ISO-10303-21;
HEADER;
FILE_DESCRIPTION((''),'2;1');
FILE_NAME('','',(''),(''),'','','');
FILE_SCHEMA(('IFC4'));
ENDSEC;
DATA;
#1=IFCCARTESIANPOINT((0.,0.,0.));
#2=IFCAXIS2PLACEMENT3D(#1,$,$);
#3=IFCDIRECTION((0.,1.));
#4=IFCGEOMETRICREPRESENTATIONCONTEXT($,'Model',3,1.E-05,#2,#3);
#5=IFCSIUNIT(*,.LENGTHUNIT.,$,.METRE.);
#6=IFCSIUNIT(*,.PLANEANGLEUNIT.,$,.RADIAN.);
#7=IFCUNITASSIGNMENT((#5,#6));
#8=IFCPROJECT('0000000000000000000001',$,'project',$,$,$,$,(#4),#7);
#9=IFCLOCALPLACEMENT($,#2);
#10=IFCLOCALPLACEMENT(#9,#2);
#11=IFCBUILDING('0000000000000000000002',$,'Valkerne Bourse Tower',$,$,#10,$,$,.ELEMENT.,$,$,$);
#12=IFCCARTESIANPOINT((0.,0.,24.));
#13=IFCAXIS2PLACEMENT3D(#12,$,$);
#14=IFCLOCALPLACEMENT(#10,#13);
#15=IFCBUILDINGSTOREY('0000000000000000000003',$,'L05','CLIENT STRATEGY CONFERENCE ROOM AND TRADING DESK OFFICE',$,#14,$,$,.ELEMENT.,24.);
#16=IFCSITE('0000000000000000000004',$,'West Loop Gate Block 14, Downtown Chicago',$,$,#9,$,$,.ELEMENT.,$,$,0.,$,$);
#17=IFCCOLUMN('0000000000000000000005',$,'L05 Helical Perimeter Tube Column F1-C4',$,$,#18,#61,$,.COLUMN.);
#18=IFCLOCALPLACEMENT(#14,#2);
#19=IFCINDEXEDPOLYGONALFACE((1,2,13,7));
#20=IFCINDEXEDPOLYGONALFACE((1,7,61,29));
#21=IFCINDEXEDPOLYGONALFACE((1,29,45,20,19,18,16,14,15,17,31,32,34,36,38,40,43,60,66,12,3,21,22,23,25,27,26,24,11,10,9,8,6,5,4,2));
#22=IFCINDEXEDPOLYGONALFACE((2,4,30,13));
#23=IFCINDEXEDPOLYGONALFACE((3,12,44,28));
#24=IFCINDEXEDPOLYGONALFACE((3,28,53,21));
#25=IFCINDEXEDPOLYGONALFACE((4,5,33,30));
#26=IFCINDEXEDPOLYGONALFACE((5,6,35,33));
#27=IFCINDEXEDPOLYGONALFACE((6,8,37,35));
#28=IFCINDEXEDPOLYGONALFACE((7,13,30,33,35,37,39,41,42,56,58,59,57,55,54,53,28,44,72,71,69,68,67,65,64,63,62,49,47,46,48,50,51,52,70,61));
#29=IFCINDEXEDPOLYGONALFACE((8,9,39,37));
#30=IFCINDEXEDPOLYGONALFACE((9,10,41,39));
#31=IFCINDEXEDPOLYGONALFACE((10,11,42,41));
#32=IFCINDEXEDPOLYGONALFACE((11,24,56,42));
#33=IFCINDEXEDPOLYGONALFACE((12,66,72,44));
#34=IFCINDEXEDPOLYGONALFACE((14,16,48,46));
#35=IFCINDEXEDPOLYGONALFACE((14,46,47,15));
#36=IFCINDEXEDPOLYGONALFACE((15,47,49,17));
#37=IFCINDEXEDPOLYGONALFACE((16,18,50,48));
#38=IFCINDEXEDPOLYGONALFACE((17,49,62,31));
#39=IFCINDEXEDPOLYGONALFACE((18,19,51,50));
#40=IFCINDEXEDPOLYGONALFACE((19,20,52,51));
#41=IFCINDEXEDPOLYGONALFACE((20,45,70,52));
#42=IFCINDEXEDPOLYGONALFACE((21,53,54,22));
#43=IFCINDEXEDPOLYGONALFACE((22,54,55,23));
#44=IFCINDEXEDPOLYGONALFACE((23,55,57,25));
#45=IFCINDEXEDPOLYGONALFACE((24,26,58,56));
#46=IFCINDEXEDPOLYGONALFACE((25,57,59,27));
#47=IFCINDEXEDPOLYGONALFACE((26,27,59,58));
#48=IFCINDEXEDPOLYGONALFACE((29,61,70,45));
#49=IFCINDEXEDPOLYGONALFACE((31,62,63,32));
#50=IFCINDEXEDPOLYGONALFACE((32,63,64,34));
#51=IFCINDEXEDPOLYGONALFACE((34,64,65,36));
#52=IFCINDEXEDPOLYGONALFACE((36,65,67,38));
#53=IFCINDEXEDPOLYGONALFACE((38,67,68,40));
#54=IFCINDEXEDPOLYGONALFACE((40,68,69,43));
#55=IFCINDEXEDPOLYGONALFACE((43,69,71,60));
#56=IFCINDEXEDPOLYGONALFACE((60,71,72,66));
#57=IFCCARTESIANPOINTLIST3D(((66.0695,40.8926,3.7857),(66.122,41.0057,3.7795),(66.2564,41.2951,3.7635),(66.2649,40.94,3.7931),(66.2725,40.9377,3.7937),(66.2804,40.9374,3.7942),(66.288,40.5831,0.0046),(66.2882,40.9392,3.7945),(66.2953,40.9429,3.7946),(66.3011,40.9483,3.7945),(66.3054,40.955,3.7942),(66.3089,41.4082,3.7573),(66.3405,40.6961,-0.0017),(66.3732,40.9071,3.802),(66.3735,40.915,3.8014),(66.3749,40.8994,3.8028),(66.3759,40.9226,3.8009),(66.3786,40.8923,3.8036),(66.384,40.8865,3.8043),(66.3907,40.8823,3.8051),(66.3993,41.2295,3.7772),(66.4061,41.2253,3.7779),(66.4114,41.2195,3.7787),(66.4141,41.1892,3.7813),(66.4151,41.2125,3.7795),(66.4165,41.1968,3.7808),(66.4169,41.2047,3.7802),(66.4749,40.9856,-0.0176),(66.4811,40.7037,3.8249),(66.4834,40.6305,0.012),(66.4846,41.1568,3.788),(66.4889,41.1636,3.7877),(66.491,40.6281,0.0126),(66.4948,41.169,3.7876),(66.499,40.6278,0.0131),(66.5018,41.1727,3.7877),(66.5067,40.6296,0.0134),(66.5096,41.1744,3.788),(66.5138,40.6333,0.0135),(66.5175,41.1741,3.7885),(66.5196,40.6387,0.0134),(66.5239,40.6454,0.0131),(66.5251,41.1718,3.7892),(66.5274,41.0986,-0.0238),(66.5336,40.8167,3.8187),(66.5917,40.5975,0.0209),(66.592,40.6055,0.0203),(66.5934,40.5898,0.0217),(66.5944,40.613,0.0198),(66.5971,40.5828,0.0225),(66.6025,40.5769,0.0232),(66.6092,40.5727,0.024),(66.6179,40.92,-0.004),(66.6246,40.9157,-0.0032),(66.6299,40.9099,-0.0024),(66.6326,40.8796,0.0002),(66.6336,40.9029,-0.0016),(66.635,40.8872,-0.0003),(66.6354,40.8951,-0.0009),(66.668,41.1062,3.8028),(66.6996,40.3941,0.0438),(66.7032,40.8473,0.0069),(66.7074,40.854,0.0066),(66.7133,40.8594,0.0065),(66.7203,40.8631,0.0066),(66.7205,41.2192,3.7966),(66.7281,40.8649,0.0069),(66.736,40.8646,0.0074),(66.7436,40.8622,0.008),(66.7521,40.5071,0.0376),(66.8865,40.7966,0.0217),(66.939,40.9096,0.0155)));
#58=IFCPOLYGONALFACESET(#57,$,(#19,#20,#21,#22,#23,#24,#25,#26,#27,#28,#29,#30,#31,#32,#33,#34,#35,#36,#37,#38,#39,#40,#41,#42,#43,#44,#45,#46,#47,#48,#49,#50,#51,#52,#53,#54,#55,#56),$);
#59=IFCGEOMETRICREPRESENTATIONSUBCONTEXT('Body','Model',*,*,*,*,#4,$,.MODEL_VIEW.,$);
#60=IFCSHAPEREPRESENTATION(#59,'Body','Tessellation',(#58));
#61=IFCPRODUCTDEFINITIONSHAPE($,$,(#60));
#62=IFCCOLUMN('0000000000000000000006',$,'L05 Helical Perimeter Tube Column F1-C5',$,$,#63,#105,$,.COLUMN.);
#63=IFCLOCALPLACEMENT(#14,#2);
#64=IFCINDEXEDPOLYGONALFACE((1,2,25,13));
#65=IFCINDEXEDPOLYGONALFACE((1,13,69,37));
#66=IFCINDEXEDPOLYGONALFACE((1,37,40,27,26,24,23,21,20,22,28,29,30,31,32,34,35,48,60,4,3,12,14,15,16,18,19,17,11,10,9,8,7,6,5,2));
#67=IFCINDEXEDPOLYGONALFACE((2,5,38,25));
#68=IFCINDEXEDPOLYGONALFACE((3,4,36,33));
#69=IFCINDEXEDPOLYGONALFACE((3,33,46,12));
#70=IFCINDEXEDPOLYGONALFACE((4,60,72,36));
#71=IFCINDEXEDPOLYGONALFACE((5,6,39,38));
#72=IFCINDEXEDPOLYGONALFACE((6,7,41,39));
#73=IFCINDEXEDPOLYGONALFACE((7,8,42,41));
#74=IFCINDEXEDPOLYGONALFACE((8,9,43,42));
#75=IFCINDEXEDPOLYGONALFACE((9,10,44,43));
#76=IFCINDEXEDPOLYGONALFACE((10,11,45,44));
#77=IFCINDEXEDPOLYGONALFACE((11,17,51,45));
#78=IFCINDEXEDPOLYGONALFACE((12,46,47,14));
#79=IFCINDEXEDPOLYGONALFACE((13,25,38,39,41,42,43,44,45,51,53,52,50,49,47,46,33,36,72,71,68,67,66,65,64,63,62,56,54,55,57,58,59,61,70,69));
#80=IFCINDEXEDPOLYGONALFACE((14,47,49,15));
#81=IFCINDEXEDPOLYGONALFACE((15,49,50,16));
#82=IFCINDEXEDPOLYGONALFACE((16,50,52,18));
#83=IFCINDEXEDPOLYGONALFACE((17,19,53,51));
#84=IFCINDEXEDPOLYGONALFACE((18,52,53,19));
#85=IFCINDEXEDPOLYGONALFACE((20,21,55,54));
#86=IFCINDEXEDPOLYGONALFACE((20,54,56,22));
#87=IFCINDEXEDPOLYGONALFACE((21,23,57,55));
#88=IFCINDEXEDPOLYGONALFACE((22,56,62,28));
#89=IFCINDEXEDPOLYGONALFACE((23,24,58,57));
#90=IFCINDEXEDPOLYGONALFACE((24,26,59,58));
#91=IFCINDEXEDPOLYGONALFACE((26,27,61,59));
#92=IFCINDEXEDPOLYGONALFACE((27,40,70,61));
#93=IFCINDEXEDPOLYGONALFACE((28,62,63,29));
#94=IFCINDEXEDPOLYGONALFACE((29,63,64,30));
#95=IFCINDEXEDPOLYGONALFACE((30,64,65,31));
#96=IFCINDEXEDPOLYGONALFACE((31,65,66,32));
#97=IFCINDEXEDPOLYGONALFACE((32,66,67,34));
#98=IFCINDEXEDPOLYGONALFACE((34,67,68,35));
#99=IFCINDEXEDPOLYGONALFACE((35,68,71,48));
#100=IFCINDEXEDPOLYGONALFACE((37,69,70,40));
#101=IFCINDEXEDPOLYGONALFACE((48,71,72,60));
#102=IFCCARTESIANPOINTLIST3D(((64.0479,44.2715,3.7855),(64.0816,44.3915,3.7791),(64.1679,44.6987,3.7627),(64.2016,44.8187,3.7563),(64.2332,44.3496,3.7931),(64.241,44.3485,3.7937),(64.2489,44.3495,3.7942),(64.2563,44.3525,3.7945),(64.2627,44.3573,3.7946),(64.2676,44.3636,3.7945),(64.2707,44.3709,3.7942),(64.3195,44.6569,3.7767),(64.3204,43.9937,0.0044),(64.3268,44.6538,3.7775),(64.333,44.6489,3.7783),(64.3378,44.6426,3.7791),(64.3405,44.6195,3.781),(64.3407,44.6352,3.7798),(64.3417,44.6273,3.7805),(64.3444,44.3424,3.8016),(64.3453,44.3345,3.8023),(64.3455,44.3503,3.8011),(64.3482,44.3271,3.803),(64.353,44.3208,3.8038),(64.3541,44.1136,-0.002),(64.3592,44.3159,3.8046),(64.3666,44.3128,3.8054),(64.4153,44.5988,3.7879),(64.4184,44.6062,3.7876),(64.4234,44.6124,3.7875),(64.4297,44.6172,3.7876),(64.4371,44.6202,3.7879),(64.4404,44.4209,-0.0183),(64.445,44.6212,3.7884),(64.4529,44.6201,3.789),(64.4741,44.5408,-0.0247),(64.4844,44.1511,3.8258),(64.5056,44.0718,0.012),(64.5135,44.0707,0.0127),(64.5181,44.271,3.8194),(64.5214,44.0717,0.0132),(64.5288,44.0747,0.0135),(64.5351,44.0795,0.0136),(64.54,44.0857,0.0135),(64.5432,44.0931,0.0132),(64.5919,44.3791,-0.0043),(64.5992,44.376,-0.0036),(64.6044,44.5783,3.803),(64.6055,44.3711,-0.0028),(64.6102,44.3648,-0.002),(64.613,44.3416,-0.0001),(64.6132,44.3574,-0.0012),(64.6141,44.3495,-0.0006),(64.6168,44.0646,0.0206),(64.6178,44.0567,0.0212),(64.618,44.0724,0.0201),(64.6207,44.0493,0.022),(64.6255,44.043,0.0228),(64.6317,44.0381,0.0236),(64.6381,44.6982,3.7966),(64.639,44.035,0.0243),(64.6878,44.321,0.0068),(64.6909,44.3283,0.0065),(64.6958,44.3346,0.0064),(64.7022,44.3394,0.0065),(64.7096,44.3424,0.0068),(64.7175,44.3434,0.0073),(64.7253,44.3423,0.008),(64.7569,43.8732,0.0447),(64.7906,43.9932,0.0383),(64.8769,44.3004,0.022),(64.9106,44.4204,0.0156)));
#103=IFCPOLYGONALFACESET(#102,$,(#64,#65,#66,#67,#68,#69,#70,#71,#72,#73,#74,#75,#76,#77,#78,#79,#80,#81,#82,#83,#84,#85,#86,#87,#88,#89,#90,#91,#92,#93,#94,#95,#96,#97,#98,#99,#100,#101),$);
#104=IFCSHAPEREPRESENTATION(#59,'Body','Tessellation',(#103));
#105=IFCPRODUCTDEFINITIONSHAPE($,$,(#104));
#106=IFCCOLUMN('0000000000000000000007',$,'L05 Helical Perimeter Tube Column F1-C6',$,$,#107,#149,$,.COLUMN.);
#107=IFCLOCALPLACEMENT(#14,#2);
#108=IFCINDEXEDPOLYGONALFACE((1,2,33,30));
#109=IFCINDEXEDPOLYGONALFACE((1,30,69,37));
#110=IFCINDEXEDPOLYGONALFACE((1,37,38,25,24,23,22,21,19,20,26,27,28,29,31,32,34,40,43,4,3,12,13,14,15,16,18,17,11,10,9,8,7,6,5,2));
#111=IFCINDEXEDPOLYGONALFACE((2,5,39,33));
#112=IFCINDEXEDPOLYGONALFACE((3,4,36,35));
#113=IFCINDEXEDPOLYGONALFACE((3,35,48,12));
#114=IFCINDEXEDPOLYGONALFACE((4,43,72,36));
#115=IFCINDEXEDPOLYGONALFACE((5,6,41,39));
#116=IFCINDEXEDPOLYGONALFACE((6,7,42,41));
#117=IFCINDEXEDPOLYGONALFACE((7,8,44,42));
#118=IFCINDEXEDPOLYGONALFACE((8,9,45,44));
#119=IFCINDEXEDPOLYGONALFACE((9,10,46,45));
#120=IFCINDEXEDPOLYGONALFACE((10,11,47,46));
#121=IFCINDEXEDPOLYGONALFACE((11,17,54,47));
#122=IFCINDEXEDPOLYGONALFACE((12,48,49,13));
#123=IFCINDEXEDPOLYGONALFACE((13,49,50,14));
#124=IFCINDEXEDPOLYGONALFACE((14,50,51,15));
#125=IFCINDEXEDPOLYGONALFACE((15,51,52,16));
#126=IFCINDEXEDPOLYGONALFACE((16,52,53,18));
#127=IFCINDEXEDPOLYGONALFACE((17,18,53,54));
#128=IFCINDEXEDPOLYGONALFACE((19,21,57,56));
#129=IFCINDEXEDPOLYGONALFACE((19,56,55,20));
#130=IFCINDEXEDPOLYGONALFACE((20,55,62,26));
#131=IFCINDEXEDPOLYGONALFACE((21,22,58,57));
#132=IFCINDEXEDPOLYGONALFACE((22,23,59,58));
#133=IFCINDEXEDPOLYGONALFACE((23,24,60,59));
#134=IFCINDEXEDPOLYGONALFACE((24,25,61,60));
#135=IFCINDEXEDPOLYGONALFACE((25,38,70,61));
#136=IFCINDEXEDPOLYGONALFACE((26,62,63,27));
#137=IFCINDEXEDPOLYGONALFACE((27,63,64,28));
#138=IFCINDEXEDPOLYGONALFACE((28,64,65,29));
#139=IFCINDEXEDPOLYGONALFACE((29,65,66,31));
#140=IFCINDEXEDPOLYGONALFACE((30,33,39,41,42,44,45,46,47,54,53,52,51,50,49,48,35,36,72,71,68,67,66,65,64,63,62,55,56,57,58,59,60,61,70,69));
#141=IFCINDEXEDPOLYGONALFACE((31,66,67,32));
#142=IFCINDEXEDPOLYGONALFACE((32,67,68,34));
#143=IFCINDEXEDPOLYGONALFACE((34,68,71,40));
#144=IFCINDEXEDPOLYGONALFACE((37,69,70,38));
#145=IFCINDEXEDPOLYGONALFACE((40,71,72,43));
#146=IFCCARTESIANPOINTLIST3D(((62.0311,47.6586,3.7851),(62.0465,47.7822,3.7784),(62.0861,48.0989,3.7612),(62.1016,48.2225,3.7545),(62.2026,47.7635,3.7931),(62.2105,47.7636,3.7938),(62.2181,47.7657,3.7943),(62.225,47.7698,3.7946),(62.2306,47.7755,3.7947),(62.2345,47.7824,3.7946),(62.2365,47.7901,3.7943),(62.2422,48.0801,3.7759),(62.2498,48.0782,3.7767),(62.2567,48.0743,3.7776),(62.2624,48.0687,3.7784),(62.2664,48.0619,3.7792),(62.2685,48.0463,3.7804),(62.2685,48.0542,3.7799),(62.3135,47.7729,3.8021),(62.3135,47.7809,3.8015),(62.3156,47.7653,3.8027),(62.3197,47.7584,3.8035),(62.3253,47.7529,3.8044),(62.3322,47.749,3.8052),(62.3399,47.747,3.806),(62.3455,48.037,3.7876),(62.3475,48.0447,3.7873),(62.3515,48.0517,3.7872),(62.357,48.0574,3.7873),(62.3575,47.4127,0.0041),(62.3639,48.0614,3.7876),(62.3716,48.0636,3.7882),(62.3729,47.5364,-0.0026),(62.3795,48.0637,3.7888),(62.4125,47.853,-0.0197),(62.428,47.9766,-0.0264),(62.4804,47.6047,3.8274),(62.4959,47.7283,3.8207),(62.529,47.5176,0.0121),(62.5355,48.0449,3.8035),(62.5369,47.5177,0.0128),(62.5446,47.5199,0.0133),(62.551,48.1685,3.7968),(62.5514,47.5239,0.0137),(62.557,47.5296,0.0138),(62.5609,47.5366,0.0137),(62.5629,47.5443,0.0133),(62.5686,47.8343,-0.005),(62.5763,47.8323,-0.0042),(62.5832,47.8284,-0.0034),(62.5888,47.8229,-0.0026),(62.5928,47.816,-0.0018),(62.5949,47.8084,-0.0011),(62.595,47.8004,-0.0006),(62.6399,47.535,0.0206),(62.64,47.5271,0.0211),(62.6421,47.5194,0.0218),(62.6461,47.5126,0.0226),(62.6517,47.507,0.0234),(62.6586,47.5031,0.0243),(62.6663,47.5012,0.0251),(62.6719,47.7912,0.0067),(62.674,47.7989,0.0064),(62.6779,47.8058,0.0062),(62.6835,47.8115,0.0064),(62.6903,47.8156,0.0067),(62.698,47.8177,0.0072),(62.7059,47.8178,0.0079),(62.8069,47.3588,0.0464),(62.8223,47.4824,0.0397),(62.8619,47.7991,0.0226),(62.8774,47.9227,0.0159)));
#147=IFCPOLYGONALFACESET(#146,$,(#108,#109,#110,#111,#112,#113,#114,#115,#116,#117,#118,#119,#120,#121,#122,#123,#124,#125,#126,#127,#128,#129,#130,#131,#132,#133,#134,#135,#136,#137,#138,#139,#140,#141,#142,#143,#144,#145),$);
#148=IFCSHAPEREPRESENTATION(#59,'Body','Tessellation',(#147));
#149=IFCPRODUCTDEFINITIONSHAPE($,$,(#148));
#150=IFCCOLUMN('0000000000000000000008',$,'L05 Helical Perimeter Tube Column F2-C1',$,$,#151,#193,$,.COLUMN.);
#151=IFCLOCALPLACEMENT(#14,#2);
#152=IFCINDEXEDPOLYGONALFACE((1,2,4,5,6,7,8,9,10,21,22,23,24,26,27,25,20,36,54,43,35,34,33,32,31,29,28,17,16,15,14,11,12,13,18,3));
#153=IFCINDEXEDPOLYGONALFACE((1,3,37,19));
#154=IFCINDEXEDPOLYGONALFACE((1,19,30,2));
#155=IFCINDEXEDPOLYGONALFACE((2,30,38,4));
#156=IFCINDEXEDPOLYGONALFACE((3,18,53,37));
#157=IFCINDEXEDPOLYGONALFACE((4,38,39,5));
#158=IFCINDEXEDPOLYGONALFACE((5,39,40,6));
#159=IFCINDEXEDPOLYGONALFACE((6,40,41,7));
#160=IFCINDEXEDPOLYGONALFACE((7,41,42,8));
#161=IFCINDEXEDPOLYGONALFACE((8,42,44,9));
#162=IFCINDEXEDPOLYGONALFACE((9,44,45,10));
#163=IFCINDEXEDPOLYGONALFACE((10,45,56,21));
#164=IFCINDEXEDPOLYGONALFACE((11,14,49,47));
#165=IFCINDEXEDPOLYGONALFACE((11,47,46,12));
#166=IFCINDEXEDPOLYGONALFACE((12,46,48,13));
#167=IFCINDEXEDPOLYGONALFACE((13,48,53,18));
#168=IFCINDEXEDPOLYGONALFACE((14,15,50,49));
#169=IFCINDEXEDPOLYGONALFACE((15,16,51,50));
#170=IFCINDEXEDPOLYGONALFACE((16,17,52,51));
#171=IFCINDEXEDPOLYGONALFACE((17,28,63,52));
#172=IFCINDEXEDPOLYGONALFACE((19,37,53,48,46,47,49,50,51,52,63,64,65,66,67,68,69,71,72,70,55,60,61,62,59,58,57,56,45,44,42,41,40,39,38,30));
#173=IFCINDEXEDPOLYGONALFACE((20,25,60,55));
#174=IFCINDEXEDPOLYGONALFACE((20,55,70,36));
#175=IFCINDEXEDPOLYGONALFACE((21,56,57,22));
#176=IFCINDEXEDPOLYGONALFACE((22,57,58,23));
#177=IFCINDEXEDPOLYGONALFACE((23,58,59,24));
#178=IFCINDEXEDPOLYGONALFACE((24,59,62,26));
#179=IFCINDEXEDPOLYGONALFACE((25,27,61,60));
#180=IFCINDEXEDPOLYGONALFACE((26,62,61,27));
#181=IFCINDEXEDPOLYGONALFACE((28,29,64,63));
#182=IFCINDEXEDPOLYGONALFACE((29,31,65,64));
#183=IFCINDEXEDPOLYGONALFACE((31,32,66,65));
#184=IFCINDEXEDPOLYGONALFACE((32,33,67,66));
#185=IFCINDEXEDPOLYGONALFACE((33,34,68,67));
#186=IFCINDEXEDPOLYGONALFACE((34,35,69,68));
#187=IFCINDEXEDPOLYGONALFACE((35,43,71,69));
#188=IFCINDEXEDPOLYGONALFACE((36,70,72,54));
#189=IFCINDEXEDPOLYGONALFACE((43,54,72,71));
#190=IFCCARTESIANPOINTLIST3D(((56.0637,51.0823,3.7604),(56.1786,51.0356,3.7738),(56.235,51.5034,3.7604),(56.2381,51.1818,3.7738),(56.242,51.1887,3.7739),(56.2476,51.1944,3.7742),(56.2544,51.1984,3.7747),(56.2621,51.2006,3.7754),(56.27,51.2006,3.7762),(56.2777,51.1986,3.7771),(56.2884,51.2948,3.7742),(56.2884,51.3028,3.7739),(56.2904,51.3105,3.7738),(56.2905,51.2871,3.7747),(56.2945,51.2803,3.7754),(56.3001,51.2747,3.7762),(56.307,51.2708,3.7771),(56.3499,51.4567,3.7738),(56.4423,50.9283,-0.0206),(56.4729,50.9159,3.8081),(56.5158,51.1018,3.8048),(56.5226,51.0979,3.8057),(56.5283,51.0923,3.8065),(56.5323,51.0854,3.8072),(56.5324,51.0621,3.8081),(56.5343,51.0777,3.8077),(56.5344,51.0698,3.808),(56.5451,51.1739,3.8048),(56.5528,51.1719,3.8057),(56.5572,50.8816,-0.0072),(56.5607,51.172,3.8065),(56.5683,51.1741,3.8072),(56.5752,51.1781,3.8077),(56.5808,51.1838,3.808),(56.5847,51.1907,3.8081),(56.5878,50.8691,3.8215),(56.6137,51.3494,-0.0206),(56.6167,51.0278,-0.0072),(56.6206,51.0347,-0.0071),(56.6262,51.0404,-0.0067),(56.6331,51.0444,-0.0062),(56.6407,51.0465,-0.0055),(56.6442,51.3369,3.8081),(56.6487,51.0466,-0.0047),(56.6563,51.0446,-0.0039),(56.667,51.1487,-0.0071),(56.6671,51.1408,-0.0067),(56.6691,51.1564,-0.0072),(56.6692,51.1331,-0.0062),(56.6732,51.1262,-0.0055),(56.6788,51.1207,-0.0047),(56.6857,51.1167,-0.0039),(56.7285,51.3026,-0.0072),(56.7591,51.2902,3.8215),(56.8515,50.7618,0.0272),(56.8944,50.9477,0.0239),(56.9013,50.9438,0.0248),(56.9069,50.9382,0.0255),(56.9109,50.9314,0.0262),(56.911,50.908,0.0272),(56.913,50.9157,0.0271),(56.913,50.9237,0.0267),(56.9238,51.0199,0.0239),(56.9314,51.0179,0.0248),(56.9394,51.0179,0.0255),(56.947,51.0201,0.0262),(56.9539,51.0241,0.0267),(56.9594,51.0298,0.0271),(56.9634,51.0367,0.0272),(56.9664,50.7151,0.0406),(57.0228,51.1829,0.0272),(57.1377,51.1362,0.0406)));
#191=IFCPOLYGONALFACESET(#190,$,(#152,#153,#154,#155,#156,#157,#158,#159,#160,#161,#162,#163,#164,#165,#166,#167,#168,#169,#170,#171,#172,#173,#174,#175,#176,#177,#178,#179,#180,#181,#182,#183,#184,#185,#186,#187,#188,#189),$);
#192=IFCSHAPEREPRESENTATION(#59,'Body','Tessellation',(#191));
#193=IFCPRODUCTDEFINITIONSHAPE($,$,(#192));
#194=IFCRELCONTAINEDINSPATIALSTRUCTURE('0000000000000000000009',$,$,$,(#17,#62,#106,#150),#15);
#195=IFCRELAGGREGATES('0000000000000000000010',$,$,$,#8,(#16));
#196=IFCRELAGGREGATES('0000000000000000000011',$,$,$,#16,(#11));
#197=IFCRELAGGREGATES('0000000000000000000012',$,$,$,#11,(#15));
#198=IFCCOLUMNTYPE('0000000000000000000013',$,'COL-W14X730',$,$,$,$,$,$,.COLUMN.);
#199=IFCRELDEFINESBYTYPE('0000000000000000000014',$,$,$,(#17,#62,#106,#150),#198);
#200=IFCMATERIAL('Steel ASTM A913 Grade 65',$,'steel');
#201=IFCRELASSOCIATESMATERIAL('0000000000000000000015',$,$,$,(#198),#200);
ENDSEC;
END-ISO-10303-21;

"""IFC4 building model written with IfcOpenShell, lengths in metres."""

from ifc_helpers import new_model, si_unit, direction, frame, origin, origin_2d, place, context, subcontext, project, spatial, i_section, extrude, material, material_profile, profile_set, type_object, element, save


model = new_model("IFC4")

# Units and contexts
model_context = context("Model", 3, precision=1e-05, world=origin(), true_north=direction((0.0, 1.0)))
body_context = subcontext(model_context, "Body", "Model", "MODEL_VIEW")
ifc_project = project(units=[si_unit("LENGTHUNIT", "METRE"), si_unit("PLANEANGLEUNIT", "RADIAN")], contexts=[model_context])

# Site, building, storey
site_placement = place(None, origin())
site = spatial("IfcSite", under=ifc_project, at=site_placement, Name="West Loop Gate Block 14, Downtown Chicago", CompositionType="ELEMENT", RefElevation=0.0)
building_placement = place(site_placement, origin())
building = spatial("IfcBuilding", under=site, at=building_placement, Name="Valkerne Bourse Tower", CompositionType="ELEMENT")
storey_placement = place(building_placement, frame((0.0, 0.0, 24.0)))
storey = spatial("IfcBuildingStorey", under=building, at=storey_placement, Name="L05", Description="CLIENT STRATEGY CONFERENCE ROOM AND TRADING DESK OFFICE", CompositionType="ELEMENT", Elevation=24.0)

# Columns
ifc_material_1 = material(Name="Steel ASTM A913 Grade 65", Category="steel")
ifc_material_profile_1 = material_profile(ifc_material_1, i_section(OverallWidth=0.4546, OverallDepth=0.5691, WebThickness=0.0779, FlangeThickness=0.1248, FilletRadius=0.0305, at=origin_2d()), Name="W14X730")
ifc_profile_set_1 = profile_set([ifc_material_profile_1], Name="Steel ASTM A913 Grade 65")
column_type = type_object("IfcColumnType", Name="COL-W14X730", PredefinedType="COLUMN", material=ifc_profile_set_1)
column_1_placement = place(storey_placement, frame((66.6135, 40.7463, 0.01), z_axis=(-0.057502, 0.081467, 0.995016), x_axis=(0.905404, -0.415675, 0.086357)))
element("IfcColumn", 1, at=column_1_placement, inside=storey, type_object=column_type, Name="L05 Helical Perimeter Tube Column F1-C4", PredefinedType="COLUMN", context=body_context, shape_type="SweptSolid", body=[
    extrude(i_section(OverallWidth=0.4546, OverallDepth=0.5691, WebThickness=0.0779, FlangeThickness=0.1248, FilletRadius=0.0305, at=origin_2d()), origin(), (0.0, 0.0, 1.0), 3.8),
])
column_2_placement = place(storey_placement, frame((64.6155, 44.207, 0.01), z_axis=(-0.071682, 0.073095, 0.994746), x_axis=(0.960168, -0.264985, 0.088661)))
element("IfcColumn", 2, at=column_2_placement, inside=storey, type_object=column_type, Name="L05 Helical Perimeter Tube Column F1-C5", PredefinedType="COLUMN", context=body_context, shape_type="SweptSolid", body=[
    extrude(i_section(OverallWidth=0.4546, OverallDepth=0.5691, WebThickness=0.0779, FlangeThickness=0.1248, FilletRadius=0.0305, at=origin_2d()), origin(), (0.0, 0.0, 1.0), 3.801),
])
for number, where, z_axis, x_axis, name in (
    (3, (62.6174, 47.6677, 0.01), (-0.085831, 0.064646, 0.99421), (0.98857, -0.118615, 0.093056), "L05 Helical Perimeter Tube Column F1-C6"),
    (4, (56.79, 51.0322, 0.01), (-0.099568, 0.040508, 0.994206), (0.376842, 0.926278, 0.0), "L05 Helical Perimeter Tube Column F2-C1"),
):
    element("IfcColumn", number, at=place(storey_placement, frame(where, z_axis=z_axis, x_axis=x_axis)), inside=storey, type_object=column_type, Name=name, PredefinedType="COLUMN", context=body_context, shape_type="SweptSolid", body=[
        extrude(i_section(OverallWidth=0.4546, OverallDepth=0.5691, WebThickness=0.0779, FlangeThickness=0.1248, FilletRadius=0.0305, at=origin_2d()), origin(), (0.0, 0.0, 1.0), 3.803),
    ])

save(model, "model.ifc")
